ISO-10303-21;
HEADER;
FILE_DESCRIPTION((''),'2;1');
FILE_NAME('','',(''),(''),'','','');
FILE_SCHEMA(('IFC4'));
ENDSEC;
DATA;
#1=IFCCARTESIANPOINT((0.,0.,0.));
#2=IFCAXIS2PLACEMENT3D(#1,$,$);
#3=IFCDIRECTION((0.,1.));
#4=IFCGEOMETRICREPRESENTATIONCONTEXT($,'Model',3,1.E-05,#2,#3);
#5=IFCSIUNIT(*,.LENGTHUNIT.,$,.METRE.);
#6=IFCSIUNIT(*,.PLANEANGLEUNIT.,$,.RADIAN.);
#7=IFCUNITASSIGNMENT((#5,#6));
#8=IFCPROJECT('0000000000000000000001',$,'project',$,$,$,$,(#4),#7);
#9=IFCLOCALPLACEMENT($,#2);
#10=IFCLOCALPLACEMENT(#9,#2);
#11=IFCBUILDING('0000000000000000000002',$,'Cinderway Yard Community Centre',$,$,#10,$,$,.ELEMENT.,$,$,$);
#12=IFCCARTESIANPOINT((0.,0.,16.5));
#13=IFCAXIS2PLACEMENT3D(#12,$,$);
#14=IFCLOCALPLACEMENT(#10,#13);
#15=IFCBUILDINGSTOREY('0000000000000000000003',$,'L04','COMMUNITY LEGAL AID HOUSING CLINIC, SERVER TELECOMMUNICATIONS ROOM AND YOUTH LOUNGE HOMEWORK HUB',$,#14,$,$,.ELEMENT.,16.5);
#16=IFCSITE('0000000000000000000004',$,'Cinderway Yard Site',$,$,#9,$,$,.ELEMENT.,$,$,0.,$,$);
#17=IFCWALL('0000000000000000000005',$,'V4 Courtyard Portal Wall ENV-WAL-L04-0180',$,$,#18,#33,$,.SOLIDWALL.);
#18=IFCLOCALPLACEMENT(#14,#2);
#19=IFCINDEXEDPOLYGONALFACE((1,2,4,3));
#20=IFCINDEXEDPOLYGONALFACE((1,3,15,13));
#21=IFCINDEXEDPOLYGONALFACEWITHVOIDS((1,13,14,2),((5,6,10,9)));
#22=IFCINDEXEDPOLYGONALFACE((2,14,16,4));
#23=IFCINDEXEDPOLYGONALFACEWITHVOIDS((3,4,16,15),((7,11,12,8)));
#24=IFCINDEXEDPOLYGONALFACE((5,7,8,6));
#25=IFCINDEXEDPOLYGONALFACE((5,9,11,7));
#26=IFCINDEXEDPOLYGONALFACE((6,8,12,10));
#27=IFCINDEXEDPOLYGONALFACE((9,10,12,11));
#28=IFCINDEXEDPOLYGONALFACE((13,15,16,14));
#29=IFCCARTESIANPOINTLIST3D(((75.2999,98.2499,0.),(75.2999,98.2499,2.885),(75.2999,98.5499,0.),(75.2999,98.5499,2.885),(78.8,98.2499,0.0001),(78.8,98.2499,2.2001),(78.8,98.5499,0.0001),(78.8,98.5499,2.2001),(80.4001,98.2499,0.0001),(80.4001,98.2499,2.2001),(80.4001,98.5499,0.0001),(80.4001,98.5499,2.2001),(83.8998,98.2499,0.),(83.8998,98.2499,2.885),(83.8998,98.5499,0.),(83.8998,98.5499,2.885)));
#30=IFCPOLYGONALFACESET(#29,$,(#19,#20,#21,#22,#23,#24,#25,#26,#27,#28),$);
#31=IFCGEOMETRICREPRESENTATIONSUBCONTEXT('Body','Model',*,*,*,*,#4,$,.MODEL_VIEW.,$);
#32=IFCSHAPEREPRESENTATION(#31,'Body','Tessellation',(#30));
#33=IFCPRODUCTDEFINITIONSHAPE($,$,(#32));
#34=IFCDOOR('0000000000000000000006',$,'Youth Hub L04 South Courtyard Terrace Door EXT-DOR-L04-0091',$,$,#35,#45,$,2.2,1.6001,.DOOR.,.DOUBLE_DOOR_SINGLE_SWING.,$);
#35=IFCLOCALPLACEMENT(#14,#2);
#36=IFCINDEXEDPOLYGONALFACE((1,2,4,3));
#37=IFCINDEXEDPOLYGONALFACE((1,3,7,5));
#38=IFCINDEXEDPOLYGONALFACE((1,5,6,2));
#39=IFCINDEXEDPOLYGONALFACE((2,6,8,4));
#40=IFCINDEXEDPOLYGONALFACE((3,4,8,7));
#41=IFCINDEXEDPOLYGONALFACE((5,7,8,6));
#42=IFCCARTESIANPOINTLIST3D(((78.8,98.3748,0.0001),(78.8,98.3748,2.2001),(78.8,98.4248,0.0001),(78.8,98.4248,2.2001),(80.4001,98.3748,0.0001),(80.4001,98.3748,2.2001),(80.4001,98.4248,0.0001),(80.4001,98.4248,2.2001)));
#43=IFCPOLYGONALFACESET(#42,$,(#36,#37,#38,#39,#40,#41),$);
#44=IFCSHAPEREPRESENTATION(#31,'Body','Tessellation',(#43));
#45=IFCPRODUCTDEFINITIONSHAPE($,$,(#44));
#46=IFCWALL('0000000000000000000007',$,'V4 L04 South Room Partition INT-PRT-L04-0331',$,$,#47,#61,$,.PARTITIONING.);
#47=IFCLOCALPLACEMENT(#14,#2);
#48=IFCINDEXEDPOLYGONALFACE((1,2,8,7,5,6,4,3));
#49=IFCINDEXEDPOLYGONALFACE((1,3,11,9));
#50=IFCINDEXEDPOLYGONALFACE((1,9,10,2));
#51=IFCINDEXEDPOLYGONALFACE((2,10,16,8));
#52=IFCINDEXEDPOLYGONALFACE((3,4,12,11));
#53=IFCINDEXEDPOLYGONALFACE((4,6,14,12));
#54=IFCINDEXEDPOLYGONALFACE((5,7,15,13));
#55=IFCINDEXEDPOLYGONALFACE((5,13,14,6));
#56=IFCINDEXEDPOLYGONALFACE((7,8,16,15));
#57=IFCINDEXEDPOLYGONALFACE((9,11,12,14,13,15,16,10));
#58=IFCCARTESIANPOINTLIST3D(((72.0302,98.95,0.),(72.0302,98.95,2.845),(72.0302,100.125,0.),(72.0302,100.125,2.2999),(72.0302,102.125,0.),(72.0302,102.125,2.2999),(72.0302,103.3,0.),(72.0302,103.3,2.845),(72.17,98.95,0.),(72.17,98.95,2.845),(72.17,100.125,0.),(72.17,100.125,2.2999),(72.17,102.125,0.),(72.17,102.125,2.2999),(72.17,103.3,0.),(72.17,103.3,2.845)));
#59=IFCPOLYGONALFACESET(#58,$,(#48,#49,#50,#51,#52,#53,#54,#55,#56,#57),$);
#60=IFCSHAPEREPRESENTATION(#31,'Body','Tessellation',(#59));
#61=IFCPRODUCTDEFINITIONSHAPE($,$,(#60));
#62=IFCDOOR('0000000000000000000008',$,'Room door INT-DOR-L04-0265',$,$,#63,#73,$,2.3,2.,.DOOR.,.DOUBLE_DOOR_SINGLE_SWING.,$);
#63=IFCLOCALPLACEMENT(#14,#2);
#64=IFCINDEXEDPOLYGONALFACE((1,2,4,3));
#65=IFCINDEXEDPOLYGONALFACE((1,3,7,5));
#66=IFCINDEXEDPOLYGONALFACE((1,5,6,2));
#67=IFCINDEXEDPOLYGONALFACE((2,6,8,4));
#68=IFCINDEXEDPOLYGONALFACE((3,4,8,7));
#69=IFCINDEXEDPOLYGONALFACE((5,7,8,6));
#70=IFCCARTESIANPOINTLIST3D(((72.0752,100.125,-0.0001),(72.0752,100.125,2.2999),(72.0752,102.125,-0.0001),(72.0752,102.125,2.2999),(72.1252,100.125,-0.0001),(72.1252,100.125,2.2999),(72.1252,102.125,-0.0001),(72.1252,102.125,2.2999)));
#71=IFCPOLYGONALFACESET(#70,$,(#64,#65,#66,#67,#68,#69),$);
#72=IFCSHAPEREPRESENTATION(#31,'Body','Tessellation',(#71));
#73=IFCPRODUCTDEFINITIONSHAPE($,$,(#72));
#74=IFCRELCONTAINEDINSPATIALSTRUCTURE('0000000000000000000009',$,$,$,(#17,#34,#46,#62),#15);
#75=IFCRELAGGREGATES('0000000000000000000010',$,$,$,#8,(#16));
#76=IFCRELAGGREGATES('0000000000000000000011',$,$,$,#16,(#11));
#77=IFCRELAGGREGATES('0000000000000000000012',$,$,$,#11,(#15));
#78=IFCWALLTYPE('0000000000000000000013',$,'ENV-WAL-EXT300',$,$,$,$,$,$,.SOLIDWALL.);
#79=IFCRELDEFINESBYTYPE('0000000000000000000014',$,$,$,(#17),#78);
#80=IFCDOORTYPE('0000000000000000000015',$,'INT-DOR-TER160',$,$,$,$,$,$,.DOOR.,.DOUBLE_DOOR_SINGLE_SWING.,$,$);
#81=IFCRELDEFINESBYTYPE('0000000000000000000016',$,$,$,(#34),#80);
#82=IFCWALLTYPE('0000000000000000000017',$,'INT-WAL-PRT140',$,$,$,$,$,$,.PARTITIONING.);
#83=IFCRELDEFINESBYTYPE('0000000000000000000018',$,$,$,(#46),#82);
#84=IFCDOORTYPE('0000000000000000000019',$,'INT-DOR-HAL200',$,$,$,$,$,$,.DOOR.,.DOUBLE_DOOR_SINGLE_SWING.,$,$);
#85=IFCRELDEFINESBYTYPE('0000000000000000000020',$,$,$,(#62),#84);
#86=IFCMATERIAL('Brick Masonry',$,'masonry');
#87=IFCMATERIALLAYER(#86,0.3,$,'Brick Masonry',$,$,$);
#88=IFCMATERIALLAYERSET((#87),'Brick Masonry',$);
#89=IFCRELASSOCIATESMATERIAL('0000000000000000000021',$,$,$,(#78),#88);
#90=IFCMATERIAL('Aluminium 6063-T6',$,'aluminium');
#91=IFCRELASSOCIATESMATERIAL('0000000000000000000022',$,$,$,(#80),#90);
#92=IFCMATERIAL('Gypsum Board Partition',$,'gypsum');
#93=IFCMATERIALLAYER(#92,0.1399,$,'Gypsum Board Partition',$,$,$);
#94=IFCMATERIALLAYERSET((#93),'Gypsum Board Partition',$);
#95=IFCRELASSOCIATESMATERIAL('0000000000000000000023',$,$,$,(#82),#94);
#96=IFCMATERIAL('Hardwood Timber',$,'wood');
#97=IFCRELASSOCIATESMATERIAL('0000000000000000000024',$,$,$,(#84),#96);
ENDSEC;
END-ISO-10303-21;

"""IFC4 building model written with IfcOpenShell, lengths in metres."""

from ifc_helpers import new_model, si_unit, direction, frame, frame_2d, origin, place, context, subcontext, project, spatial, rectangle, extrude, material, layer, layer_set, type_object, element, fill, save


model = new_model("IFC4")

# Units and contexts
model_context = context("Model", 3, precision=1e-05, world=origin(), true_north=direction((0.0, 1.0)))
body_context = subcontext(model_context, "Body", "Model", "MODEL_VIEW")
ifc_project = project(units=[si_unit("LENGTHUNIT", "METRE"), si_unit("PLANEANGLEUNIT", "RADIAN")], contexts=[model_context])

# Site, building, storey
site_placement = place(None, origin())
site = spatial("IfcSite", under=ifc_project, at=site_placement, Name="Cinderway Yard Site", CompositionType="ELEMENT", RefElevation=0.0)
building_placement = place(site_placement, origin())
building = spatial("IfcBuilding", under=site, at=building_placement, Name="Cinderway Yard Community Centre", CompositionType="ELEMENT")
storey_placement = place(building_placement, frame((0.0, 0.0, 16.5)))
storey = spatial("IfcBuildingStorey", under=building, at=storey_placement, Name="L04", Description="COMMUNITY LEGAL AID HOUSING CLINIC, SERVER TELECOMMUNICATIONS ROOM AND YOUTH LOUNGE HOMEWORK HUB", CompositionType="ELEMENT", Elevation=16.5)

# Shared definitions
ifc_material_1 = material(Name="Aluminium 6063-T6", Category="aluminium")

# Walls, openings, doors
ifc_material_2 = material(Name="Brick Masonry", Category="masonry")
ifc_layer_1 = layer(ifc_material_2, 0.3, Name="Brick Masonry")
ifc_layer_set_1 = layer_set([ifc_layer_1], Name="Brick Masonry")
wall_type_1 = type_object("IfcWallType", Name="ENV-WAL-EXT300", PredefinedType="SOLIDWALL", material=ifc_layer_set_1)
wall_1_placement = place(storey_placement, frame((75.3, 98.3999, 0.0), z_axis=(0.0, 0.0, 1.0), x_axis=(1.0, 0.0, 0.0)))
wall_1 = element("IfcWall", 1, at=wall_1_placement, inside=storey, type_object=wall_type_1, Name="V4 Courtyard Portal Wall ENV-WAL-L04-0180", PredefinedType="SOLIDWALL", context=body_context, shape_type="SweptSolid", body=[
    extrude(rectangle(XDim=8.5999, YDim=0.3, at=frame_2d((4.2998, 0.0))), origin(), (0.0, 0.0, 1.0), 2.885),
])
opening_1_placement = place(wall_1_placement, frame((3.5, 0.0, 0.0)))
opening_1 = element("IfcOpeningElement", 2, at=opening_1_placement, cuts=wall_1, PredefinedType="OPENING", context=body_context, shape_type="SweptSolid", body=[
    extrude(rectangle(XDim=1.6001, YDim=2.2, at=frame_2d((0.8, 1.1001))), frame((0.0, 0.1599, 0.0), z_axis=(0.0, -1.0, 0.0), x_axis=(1.0, 0.0, 0.0)), (0.0, 0.0, 1.0), 0.3201),
])
door_type_1 = type_object("IfcDoorType", Name="INT-DOR-TER160", OperationType="DOUBLE_DOOR_SINGLE_SWING", PredefinedType="DOOR", material=ifc_material_1)
door_1_placement = place(opening_1_placement, origin())
door_1 = element("IfcDoor", 3, at=door_1_placement, inside=storey, type_object=door_type_1, Name="Youth Hub L04 South Courtyard Terrace Door EXT-DOR-L04-0091", OperationType="DOUBLE_DOOR_SINGLE_SWING", OverallHeight=2.2, OverallWidth=1.6001, PredefinedType="DOOR", context=body_context, shape_type="SweptSolid", body=[
    extrude(rectangle(XDim=1.6001, YDim=2.2, at=frame_2d((0.8, 1.1001))), frame((0.0, 0.0249, 0.0), z_axis=(0.0, -1.0, 0.0), x_axis=(1.0, 0.0, 0.0)), (0.0, 0.0, 1.0), 0.05),
])
fill(opening_1, door_1)
ifc_material_3 = material(Name="Gypsum Board Partition", Category="gypsum")
ifc_layer_2 = layer(ifc_material_3, 0.1399, Name="Gypsum Board Partition")
ifc_layer_set_2 = layer_set([ifc_layer_2], Name="Gypsum Board Partition")
wall_type_2 = type_object("IfcWallType", Name="INT-WAL-PRT140", PredefinedType="PARTITIONING", material=ifc_layer_set_2)
wall_2_placement = place(storey_placement, frame((72.1001, 98.95, 0.0), z_axis=(0.0, 0.0, 1.0), x_axis=(0.0, 1.0, 0.0)))
wall_2 = element("IfcWall", 4, at=wall_2_placement, inside=storey, type_object=wall_type_2, Name="V4 L04 South Room Partition INT-PRT-L04-0331", PredefinedType="PARTITIONING", context=body_context, shape_type="SweptSolid", body=[
    extrude(rectangle(XDim=4.3501, YDim=0.1399, at=frame_2d((2.175, 0.0))), origin(), (0.0, 0.0, 1.0), 2.845),
])
opening_2_placement = place(wall_2_placement, frame((1.175, 0.0, 0.0)))
opening_2 = element("IfcOpeningElement", 5, at=opening_2_placement, cuts=wall_2, PredefinedType="OPENING", context=body_context, shape_type="SweptSolid", body=[
    extrude(rectangle(XDim=2.0, YDim=2.3, at=frame_2d((1.0, 1.1499))), frame((0.0, 0.0798, 0.0), z_axis=(0.0, -1.0, 0.0), x_axis=(1.0, 0.0, 0.0)), (0.0, 0.0, 1.0), 0.1599),
])
ifc_material_4 = material(Name="Hardwood Timber", Category="wood")
door_type_2 = type_object("IfcDoorType", Name="INT-DOR-HAL200", OperationType="DOUBLE_DOOR_SINGLE_SWING", PredefinedType="DOOR", material=ifc_material_4)
door_2_placement = place(opening_2_placement, origin())
door_2 = element("IfcDoor", 6, at=door_2_placement, inside=storey, type_object=door_type_2, Name="Room door INT-DOR-L04-0265", OperationType="DOUBLE_DOOR_SINGLE_SWING", OverallHeight=2.3, OverallWidth=2.0, PredefinedType="DOOR", context=body_context, shape_type="SweptSolid", body=[
    extrude(rectangle(XDim=2.0, YDim=2.3, at=frame_2d((1.0, 1.1499))), frame((0.0, 0.0249, 0.0), z_axis=(0.0, -1.0, 0.0), x_axis=(1.0, 0.0, 0.0)), (0.0, 0.0, 1.0), 0.05),
])
fill(opening_2, door_2)

save(model, "model.ifc")
